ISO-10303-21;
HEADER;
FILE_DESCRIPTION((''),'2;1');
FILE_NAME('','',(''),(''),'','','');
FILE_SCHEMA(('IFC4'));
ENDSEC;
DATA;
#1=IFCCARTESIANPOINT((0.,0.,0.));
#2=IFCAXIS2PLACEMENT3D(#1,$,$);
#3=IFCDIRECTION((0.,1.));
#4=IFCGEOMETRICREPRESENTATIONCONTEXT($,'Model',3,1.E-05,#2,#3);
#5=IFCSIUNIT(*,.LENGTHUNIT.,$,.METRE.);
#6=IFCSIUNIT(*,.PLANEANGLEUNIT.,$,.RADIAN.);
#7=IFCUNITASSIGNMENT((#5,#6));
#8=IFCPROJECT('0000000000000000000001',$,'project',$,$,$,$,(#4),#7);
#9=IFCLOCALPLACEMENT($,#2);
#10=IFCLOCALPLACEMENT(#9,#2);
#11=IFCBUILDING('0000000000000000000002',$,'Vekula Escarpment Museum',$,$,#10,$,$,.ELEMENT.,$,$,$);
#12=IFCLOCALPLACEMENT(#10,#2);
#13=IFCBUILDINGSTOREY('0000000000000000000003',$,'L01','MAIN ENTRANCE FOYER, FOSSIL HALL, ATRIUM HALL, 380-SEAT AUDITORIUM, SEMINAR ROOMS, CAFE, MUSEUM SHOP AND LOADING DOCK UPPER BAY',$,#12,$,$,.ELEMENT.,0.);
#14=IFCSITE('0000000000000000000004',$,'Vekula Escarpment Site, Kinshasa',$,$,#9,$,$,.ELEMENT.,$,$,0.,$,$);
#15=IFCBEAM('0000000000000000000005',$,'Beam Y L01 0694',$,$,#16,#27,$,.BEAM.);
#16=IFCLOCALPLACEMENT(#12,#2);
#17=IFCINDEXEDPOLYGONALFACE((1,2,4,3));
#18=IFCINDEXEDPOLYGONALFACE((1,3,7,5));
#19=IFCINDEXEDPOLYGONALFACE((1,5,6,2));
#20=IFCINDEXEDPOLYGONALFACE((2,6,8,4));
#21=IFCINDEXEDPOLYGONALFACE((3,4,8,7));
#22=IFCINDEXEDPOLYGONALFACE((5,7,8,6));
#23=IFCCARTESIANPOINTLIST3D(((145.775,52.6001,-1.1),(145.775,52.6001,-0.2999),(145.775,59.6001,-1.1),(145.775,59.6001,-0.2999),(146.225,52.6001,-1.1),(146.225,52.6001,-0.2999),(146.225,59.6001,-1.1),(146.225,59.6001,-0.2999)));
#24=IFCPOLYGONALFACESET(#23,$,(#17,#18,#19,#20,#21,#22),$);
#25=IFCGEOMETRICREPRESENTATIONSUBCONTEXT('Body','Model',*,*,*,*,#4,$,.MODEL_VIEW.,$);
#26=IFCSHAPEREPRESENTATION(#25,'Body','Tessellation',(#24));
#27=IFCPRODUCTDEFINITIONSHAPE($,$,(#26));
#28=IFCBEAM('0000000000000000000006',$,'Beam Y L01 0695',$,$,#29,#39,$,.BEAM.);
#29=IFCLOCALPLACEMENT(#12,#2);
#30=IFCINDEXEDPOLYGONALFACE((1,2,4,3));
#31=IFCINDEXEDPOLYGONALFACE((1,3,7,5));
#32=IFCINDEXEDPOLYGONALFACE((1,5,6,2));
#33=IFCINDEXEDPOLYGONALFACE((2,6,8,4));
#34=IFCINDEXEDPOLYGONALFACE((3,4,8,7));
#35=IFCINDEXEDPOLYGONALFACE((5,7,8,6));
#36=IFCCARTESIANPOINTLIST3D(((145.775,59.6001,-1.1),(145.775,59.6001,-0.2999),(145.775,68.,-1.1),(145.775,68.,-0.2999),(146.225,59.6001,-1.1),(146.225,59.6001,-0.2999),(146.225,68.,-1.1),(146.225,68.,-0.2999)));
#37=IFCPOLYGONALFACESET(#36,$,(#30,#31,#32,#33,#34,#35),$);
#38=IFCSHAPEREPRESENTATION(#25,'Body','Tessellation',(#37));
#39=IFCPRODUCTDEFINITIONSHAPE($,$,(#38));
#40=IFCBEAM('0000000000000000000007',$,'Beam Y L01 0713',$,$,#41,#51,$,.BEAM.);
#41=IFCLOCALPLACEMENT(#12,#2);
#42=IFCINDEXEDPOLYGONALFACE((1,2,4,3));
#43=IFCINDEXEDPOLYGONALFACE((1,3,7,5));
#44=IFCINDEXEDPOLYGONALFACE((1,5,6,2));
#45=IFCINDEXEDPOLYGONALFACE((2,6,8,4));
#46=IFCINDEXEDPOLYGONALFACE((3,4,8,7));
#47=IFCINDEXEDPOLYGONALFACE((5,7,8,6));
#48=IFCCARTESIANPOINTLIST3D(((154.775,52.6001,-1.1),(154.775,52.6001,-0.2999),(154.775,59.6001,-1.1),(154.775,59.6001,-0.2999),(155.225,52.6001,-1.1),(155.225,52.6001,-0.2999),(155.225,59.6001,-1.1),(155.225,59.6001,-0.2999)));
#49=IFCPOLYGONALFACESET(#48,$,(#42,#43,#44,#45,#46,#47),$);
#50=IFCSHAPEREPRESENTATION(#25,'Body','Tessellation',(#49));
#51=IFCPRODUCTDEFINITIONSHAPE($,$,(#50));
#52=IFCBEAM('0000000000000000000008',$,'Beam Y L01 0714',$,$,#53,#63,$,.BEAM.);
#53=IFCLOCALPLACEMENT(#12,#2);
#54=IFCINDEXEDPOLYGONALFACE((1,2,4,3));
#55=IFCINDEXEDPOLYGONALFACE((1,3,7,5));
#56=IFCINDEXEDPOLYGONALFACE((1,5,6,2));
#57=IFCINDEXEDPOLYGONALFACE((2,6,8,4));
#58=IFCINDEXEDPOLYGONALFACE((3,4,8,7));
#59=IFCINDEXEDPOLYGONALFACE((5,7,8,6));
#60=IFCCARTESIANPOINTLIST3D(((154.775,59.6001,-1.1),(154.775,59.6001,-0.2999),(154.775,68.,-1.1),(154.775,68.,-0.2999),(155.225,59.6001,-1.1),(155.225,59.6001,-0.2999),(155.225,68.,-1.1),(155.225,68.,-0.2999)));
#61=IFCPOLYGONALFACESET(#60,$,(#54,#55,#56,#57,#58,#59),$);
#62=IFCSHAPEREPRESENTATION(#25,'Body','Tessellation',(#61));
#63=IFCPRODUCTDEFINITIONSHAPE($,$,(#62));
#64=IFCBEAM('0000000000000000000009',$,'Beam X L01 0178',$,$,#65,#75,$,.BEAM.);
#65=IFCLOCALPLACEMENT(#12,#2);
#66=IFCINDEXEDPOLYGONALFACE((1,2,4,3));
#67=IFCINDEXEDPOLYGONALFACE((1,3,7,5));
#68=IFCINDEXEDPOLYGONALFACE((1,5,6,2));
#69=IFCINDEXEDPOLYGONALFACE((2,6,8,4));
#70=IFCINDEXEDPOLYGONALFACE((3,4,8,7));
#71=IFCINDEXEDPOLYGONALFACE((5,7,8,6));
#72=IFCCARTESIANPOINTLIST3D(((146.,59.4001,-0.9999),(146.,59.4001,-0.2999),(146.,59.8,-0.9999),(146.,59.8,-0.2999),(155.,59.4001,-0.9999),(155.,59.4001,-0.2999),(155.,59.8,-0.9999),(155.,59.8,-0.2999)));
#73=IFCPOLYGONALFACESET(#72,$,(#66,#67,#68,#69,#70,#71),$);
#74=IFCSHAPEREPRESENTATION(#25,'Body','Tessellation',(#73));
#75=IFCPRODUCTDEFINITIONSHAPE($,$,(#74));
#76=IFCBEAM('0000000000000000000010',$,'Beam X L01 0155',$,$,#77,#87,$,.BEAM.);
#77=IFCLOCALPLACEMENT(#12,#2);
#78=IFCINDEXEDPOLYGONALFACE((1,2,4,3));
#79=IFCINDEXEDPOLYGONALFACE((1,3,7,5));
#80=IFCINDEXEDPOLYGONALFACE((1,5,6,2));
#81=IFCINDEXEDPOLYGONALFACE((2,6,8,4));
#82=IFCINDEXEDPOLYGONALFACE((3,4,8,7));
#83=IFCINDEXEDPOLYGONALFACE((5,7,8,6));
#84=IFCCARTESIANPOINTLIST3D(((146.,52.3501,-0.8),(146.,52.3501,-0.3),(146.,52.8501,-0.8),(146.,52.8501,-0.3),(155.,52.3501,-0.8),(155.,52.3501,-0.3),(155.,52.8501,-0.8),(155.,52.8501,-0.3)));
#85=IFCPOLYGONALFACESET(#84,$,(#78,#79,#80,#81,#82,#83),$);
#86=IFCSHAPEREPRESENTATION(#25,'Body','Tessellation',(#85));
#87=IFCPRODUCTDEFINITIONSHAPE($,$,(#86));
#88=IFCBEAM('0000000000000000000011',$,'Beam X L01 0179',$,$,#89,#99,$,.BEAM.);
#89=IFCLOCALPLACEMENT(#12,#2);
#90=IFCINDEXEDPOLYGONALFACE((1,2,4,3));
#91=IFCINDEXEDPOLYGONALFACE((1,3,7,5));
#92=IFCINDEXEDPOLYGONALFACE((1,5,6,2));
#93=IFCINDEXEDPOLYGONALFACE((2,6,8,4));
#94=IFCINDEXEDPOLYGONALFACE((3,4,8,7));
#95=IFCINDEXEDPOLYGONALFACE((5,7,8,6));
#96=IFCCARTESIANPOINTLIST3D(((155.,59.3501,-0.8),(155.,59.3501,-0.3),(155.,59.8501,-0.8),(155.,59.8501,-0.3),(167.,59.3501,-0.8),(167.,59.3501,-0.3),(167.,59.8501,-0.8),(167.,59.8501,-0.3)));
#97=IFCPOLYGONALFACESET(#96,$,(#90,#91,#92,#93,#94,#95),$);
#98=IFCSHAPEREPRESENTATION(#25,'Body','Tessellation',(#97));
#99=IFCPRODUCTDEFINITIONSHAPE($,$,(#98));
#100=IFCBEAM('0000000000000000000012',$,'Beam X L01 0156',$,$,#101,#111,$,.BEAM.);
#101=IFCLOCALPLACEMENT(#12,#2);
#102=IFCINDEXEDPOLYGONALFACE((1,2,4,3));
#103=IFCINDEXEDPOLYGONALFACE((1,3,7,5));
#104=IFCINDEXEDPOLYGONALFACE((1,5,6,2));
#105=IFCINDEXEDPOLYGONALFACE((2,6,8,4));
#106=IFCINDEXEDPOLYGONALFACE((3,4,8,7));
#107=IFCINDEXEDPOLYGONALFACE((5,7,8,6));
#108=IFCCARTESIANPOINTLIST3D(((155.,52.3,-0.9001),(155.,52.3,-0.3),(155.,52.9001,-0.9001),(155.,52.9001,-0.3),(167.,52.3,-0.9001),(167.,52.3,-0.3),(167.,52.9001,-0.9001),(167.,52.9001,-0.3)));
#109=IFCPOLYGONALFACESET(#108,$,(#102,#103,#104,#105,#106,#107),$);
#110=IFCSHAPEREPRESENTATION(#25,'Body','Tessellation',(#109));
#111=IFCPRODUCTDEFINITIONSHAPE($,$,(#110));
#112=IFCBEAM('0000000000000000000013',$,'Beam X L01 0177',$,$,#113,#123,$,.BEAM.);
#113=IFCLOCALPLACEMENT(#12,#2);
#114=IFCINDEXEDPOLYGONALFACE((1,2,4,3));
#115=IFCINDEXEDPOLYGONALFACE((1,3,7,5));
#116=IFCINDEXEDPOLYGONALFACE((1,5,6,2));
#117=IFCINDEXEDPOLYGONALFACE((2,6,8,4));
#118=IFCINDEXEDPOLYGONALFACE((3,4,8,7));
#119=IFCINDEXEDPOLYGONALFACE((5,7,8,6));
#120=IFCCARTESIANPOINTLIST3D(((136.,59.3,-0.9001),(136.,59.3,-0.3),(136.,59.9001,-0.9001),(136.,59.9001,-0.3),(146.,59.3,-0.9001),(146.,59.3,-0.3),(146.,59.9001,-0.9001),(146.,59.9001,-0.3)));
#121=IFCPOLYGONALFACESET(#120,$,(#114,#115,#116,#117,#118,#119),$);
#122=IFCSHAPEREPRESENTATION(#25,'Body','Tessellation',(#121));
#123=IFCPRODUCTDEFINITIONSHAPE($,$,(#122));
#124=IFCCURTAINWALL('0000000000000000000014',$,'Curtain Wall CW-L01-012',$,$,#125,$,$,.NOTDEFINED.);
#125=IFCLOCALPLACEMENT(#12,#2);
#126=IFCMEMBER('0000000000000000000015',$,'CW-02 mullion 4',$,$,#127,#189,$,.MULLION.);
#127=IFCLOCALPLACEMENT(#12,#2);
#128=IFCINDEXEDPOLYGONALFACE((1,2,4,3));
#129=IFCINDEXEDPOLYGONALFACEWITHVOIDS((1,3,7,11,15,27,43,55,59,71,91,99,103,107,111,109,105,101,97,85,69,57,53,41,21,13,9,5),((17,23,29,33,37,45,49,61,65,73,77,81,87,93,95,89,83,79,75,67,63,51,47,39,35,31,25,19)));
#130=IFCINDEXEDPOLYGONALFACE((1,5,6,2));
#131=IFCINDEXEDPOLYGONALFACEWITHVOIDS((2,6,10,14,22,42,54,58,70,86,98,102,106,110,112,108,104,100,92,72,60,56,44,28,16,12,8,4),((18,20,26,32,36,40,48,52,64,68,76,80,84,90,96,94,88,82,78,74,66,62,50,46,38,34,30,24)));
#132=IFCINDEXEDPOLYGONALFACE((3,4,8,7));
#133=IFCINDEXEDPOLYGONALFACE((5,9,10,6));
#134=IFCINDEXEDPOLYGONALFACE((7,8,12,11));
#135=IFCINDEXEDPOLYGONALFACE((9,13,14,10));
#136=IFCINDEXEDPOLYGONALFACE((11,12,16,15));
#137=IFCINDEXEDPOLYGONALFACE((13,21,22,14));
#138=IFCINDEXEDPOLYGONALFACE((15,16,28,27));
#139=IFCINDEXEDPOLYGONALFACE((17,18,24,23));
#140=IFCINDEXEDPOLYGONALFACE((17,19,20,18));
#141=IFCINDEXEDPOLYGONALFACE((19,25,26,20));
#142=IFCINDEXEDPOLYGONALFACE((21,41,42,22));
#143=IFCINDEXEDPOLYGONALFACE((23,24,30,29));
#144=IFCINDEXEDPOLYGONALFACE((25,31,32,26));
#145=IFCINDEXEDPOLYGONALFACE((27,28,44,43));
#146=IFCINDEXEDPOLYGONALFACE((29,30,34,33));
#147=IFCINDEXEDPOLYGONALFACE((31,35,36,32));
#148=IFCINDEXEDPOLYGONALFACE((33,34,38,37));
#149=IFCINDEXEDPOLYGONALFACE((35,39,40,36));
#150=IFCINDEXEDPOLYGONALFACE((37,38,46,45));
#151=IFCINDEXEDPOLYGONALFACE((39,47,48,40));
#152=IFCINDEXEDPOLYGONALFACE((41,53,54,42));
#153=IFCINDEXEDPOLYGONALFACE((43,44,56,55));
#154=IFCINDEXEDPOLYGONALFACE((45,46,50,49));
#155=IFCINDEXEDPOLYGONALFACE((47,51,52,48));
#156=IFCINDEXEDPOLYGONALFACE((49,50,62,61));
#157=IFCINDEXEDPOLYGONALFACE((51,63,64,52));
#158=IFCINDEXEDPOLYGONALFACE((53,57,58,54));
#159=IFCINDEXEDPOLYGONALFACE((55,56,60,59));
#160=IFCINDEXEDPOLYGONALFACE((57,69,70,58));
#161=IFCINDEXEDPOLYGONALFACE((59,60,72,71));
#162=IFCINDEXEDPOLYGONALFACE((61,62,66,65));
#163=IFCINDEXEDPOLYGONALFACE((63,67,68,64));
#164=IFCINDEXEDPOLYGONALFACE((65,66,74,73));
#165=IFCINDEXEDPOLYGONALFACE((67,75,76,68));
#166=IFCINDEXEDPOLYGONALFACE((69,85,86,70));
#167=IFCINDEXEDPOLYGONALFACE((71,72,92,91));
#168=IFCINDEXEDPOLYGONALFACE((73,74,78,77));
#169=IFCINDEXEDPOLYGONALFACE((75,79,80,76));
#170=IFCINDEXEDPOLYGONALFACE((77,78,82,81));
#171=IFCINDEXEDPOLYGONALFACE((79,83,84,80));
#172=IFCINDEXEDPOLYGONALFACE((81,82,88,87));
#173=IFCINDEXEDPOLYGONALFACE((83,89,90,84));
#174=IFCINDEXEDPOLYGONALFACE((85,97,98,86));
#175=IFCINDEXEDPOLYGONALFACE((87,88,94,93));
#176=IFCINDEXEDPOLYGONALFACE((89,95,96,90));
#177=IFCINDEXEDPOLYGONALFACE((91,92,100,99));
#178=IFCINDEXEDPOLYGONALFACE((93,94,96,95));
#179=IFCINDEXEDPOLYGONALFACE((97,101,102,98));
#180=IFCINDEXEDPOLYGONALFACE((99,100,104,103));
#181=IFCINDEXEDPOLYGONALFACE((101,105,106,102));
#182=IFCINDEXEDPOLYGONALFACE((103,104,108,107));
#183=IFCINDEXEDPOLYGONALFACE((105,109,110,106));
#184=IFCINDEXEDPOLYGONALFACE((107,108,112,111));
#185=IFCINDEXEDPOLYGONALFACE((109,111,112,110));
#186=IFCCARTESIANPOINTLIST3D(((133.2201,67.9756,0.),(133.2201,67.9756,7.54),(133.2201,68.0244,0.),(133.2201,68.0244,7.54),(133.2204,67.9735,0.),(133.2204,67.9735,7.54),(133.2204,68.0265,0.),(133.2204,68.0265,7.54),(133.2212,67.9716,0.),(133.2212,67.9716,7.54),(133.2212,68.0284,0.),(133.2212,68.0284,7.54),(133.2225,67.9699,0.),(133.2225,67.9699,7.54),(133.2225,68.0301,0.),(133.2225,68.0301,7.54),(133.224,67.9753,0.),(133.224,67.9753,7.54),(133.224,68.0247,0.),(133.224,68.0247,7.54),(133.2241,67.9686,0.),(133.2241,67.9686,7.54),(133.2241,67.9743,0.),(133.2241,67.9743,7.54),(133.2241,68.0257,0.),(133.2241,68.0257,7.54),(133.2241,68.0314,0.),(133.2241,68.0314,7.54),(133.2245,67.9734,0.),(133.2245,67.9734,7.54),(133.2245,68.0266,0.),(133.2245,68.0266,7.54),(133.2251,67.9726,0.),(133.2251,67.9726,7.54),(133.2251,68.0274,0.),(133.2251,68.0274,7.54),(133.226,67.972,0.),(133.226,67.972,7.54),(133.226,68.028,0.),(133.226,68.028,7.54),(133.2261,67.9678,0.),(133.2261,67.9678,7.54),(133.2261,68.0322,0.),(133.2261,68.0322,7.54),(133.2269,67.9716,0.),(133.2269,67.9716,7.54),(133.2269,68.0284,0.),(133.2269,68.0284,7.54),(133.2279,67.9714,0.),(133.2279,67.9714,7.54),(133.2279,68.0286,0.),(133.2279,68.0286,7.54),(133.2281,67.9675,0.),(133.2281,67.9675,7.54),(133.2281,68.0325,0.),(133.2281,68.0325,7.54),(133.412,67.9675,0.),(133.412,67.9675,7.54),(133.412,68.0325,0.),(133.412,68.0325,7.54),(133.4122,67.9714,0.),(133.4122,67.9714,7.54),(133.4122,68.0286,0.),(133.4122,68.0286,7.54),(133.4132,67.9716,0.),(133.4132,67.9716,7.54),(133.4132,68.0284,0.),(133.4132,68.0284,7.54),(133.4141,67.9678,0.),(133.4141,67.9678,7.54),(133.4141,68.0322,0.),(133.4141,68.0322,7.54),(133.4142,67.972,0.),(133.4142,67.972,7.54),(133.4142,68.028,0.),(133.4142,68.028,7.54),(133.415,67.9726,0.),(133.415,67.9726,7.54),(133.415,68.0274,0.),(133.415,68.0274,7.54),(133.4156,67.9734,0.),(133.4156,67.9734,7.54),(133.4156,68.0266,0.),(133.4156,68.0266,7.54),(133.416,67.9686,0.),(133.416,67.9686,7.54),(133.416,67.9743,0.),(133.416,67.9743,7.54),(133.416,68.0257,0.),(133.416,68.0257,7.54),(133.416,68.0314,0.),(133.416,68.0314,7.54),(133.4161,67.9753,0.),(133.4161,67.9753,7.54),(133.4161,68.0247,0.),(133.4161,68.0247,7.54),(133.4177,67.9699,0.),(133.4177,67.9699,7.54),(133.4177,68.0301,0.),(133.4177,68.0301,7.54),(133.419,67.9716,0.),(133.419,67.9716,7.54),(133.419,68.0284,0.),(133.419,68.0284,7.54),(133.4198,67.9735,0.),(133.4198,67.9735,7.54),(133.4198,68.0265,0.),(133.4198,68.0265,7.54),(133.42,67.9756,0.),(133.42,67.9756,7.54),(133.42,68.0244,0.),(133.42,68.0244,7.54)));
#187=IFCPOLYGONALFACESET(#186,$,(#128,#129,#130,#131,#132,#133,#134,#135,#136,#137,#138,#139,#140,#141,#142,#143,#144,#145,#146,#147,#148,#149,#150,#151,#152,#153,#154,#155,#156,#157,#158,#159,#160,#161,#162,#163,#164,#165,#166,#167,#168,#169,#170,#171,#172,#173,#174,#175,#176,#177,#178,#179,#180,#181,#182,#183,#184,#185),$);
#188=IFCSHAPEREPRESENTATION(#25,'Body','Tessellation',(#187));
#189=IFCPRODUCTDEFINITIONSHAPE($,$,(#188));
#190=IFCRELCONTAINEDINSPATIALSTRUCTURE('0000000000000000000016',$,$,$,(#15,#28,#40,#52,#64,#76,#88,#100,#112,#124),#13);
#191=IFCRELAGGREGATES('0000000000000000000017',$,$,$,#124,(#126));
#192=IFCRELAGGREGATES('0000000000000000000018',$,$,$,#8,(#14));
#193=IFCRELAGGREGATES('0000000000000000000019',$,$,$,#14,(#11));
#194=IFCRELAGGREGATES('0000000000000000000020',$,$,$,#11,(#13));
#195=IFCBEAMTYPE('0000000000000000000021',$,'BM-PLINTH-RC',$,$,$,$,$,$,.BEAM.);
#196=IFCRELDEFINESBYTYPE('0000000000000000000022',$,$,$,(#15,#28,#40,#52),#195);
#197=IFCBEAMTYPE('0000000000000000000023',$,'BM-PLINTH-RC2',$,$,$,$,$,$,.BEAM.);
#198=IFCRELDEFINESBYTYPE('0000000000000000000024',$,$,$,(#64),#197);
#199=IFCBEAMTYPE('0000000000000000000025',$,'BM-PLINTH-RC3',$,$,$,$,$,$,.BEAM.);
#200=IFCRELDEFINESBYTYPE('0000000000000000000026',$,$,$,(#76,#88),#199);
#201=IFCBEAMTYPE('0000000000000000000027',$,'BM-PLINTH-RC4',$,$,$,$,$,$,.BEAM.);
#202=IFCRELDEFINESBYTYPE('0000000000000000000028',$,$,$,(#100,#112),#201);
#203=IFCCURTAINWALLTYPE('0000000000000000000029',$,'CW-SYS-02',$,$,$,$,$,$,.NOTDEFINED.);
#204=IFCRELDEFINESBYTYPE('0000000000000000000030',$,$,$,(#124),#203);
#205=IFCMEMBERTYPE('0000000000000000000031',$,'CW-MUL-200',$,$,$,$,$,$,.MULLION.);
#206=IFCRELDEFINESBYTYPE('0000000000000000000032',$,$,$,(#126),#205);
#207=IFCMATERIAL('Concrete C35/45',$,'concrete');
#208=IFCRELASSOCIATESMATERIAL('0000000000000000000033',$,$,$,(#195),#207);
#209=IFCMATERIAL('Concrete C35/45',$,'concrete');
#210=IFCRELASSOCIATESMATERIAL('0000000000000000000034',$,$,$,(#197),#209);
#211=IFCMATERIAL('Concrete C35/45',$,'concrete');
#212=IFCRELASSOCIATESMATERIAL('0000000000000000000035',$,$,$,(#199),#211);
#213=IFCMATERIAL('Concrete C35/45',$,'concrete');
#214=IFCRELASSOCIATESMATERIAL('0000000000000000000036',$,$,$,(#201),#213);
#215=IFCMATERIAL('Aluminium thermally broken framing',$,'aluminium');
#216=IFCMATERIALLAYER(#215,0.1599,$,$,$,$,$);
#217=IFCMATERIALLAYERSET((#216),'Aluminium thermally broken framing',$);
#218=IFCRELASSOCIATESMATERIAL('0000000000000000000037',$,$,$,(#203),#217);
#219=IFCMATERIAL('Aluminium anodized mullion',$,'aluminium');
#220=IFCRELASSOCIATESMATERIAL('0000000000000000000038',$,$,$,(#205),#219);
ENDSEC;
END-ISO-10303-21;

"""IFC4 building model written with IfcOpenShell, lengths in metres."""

from ifc_helpers import new_model, si_unit, direction, frame, origin, origin_2d, place, context, subcontext, project, spatial, rectangle, hollow_rectangle, extrude, material, layer, layer_set, material_profile, profile_set, type_object, element, aggregate, save


model = new_model("IFC4")

# Units and contexts
model_context = context("Model", 3, precision=1e-05, world=origin(), true_north=direction((0.0, 1.0)))
body_context = subcontext(model_context, "Body", "Model", "MODEL_VIEW")
ifc_project = project(units=[si_unit("LENGTHUNIT", "METRE"), si_unit("PLANEANGLEUNIT", "RADIAN")], contexts=[model_context])

# Site, building, storey
site_placement = place(None, origin())
site = spatial("IfcSite", under=ifc_project, at=site_placement, Name="Vekula Escarpment Site, Kinshasa", CompositionType="ELEMENT", RefElevation=0.0)
building_placement = place(site_placement, origin())
building = spatial("IfcBuilding", under=site, at=building_placement, Name="Vekula Escarpment Museum", CompositionType="ELEMENT")
storey_placement = place(building_placement, origin())
storey = spatial("IfcBuildingStorey", under=building, at=storey_placement, Name="L01", Description="MAIN ENTRANCE FOYER, FOSSIL HALL, ATRIUM HALL, 380-SEAT AUDITORIUM, SEMINAR ROOMS, CAFE, MUSEUM SHOP AND LOADING DOCK UPPER BAY", CompositionType="ELEMENT", Elevation=0.0)

# Beams
ifc_material_1 = material(Name="Concrete C35/45", Category="concrete")
ifc_material_profile_1 = material_profile(ifc_material_1, rectangle(XDim=0.45, YDim=0.8, at=origin_2d()), Name="RC 450x800")
ifc_profile_set_1 = profile_set([ifc_material_profile_1], Name="Concrete C35/45")
beam_type_1 = type_object("IfcBeamType", Name="BM-PLINTH-RC", PredefinedType="BEAM", material=ifc_profile_set_1)
beam_1_placement = place(storey_placement, frame((146.0, 52.6001, -0.7), z_axis=(0.0, 1.0, 0.0), x_axis=(-1.0, 0.0, 0.0)))
element("IfcBeam", 1, at=beam_1_placement, inside=storey, type_object=beam_type_1, Name="Beam Y L01 0694", PredefinedType="BEAM", context=body_context, shape_type="SweptSolid", body=[
    extrude(rectangle(XDim=0.45, YDim=0.8, at=origin_2d()), origin(), (0.0, 0.0, 1.0), 7.0),
])
beam_2_placement = place(storey_placement, frame((146.0, 59.6001, -0.7), z_axis=(0.0, 1.0, 0.0), x_axis=(-1.0, 0.0, 0.0)))
element("IfcBeam", 2, at=beam_2_placement, inside=storey, type_object=beam_type_1, Name="Beam Y L01 0695", PredefinedType="BEAM", context=body_context, shape_type="SweptSolid", body=[
    extrude(rectangle(XDim=0.45, YDim=0.8, at=origin_2d()), origin(), (0.0, 0.0, 1.0), 8.3999),
])
beam_3_placement = place(storey_placement, frame((155.0, 52.6001, -0.7), z_axis=(0.0, 1.0, 0.0), x_axis=(-1.0, 0.0, 0.0)))
element("IfcBeam", 3, at=beam_3_placement, inside=storey, type_object=beam_type_1, Name="Beam Y L01 0713", PredefinedType="BEAM", context=body_context, shape_type="SweptSolid", body=[
    extrude(rectangle(XDim=0.45, YDim=0.8, at=origin_2d()), origin(), (0.0, 0.0, 1.0), 7.0),
])
beam_4_placement = place(storey_placement, frame((155.0, 59.6001, -0.7), z_axis=(0.0, 1.0, 0.0), x_axis=(-1.0, 0.0, 0.0)))
element("IfcBeam", 4, at=beam_4_placement, inside=storey, type_object=beam_type_1, Name="Beam Y L01 0714", PredefinedType="BEAM", context=body_context, shape_type="SweptSolid", body=[
    extrude(rectangle(XDim=0.45, YDim=0.8, at=origin_2d()), origin(), (0.0, 0.0, 1.0), 8.3999),
])
ifc_material_2 = material(Name="Concrete C35/45", Category="concrete")
ifc_material_profile_2 = material_profile(ifc_material_2, rectangle(XDim=0.3999, YDim=0.7, at=origin_2d()), Name="RC 400x700")
ifc_profile_set_2 = profile_set([ifc_material_profile_2], Name="Concrete C35/45")
beam_type_2 = type_object("IfcBeamType", Name="BM-PLINTH-RC2", PredefinedType="BEAM", material=ifc_profile_set_2)
beam_5_placement = place(storey_placement, frame((146.0, 59.6001, -0.6499), z_axis=(1.0, 0.0, 0.0), x_axis=(0.0, 1.0, 0.0)))
element("IfcBeam", 5, at=beam_5_placement, inside=storey, type_object=beam_type_2, Name="Beam X L01 0178", PredefinedType="BEAM", context=body_context, shape_type="SweptSolid", body=[
    extrude(rectangle(XDim=0.3999, YDim=0.7, at=origin_2d()), origin(), (0.0, 0.0, 1.0), 9.0),
])
ifc_material_3 = material(Name="Concrete C35/45", Category="concrete")
ifc_material_profile_3 = material_profile(ifc_material_3, rectangle(XDim=0.5, YDim=0.5, at=origin_2d()), Name="RC 500x500")
ifc_profile_set_3 = profile_set([ifc_material_profile_3], Name="Concrete C35/45")
beam_type_3 = type_object("IfcBeamType", Name="BM-PLINTH-RC3", PredefinedType="BEAM", material=ifc_profile_set_3)
beam_6_placement = place(storey_placement, frame((146.0, 52.6001, -0.55), z_axis=(1.0, 0.0, 0.0), x_axis=(0.0, 1.0, 0.0)))
element("IfcBeam", 6, at=beam_6_placement, inside=storey, type_object=beam_type_3, Name="Beam X L01 0155", PredefinedType="BEAM", context=body_context, shape_type="SweptSolid", body=[
    extrude(rectangle(XDim=0.5, YDim=0.5, at=origin_2d()), origin(), (0.0, 0.0, 1.0), 9.0),
])
beam_7_placement = place(storey_placement, frame((155.0, 59.6001, -0.55), z_axis=(1.0, 0.0, 0.0), x_axis=(0.0, 1.0, 0.0)))
element("IfcBeam", 7, at=beam_7_placement, inside=storey, type_object=beam_type_3, Name="Beam X L01 0179", PredefinedType="BEAM", context=body_context, shape_type="SweptSolid", body=[
    extrude(rectangle(XDim=0.5, YDim=0.5, at=origin_2d()), origin(), (0.0, 0.0, 1.0), 12.0),
])
ifc_material_4 = material(Name="Concrete C35/45", Category="concrete")
ifc_material_profile_4 = material_profile(ifc_material_4, rectangle(XDim=0.6001, YDim=0.6001, at=origin_2d()), Name="RC 600x600")
ifc_profile_set_4 = profile_set([ifc_material_profile_4], Name="Concrete C35/45")
beam_type_4 = type_object("IfcBeamType", Name="BM-PLINTH-RC4", PredefinedType="BEAM", material=ifc_profile_set_4)
beam_8_placement = place(storey_placement, frame((155.0, 52.6001, -0.6001), z_axis=(1.0, 0.0, 0.0), x_axis=(0.0, 1.0, 0.0)))
element("IfcBeam", 8, at=beam_8_placement, inside=storey, type_object=beam_type_4, Name="Beam X L01 0156", PredefinedType="BEAM", context=body_context, shape_type="SweptSolid", body=[
    extrude(rectangle(XDim=0.6001, YDim=0.6001, at=origin_2d()), origin(), (0.0, 0.0, 1.0), 12.0),
])
beam_9_placement = place(storey_placement, frame((136.0, 59.6001, -0.6001), z_axis=(1.0, 0.0, 0.0), x_axis=(0.0, 1.0, 0.0)))
element("IfcBeam", 9, at=beam_9_placement, inside=storey, type_object=beam_type_4, Name="Beam X L01 0177", PredefinedType="BEAM", context=body_context, shape_type="SweptSolid", body=[
    extrude(rectangle(XDim=0.6001, YDim=0.6001, at=origin_2d()), origin(), (0.0, 0.0, 1.0), 10.0),
])

# Curtain wall, member
ifc_material_5 = material(Name="Aluminium thermally broken framing", Category="aluminium")
ifc_layer_1 = layer(ifc_material_5, 0.1599)
ifc_layer_set_1 = layer_set([ifc_layer_1], Name="Aluminium thermally broken framing")
curtain_wall_type = type_object("IfcCurtainWallType", Name="CW-SYS-02", PredefinedType="NOTDEFINED", material=ifc_layer_set_1)
curtain_wall_placement = place(storey_placement, origin())
curtain_wall = element("IfcCurtainWall", 10, at=curtain_wall_placement, inside=storey, type_object=curtain_wall_type, Name="Curtain Wall CW-L01-012", PredefinedType="NOTDEFINED")
ifc_material_6 = material(Name="Aluminium anodized mullion", Category="aluminium")
ifc_material_profile_5 = material_profile(ifc_material_6, hollow_rectangle(XDim=0.0649, YDim=0.2, WallThickness=0.0039, InnerFilletRadius=0.0039, OuterFilletRadius=0.0081, at=origin_2d()), Name="ALU 200x65x4")
ifc_profile_set_5 = profile_set([ifc_material_profile_5], Name="Aluminium anodized mullion")
member_type_1 = type_object("IfcMemberType", Name="CW-MUL-200", PredefinedType="MULLION", material=ifc_profile_set_5)
member_1_placement = place(storey_placement, frame((133.3201, 68.0, 0.0), z_axis=(0.0, 0.0, 1.0), x_axis=(0.0, 1.0, 0.0)))
member_1 = element("IfcMember", 11, at=member_1_placement, type_object=member_type_1, Name="CW-02 mullion 4", PredefinedType="MULLION", context=body_context, shape_type="SweptSolid", body=[
    extrude(hollow_rectangle(XDim=0.0649, YDim=0.2, WallThickness=0.0039, InnerFilletRadius=0.0039, OuterFilletRadius=0.0081, at=origin_2d()), origin(), (0.0, 0.0, 1.0), 7.54),
])
aggregate(curtain_wall, [member_1])

save(model, "model.ifc")
